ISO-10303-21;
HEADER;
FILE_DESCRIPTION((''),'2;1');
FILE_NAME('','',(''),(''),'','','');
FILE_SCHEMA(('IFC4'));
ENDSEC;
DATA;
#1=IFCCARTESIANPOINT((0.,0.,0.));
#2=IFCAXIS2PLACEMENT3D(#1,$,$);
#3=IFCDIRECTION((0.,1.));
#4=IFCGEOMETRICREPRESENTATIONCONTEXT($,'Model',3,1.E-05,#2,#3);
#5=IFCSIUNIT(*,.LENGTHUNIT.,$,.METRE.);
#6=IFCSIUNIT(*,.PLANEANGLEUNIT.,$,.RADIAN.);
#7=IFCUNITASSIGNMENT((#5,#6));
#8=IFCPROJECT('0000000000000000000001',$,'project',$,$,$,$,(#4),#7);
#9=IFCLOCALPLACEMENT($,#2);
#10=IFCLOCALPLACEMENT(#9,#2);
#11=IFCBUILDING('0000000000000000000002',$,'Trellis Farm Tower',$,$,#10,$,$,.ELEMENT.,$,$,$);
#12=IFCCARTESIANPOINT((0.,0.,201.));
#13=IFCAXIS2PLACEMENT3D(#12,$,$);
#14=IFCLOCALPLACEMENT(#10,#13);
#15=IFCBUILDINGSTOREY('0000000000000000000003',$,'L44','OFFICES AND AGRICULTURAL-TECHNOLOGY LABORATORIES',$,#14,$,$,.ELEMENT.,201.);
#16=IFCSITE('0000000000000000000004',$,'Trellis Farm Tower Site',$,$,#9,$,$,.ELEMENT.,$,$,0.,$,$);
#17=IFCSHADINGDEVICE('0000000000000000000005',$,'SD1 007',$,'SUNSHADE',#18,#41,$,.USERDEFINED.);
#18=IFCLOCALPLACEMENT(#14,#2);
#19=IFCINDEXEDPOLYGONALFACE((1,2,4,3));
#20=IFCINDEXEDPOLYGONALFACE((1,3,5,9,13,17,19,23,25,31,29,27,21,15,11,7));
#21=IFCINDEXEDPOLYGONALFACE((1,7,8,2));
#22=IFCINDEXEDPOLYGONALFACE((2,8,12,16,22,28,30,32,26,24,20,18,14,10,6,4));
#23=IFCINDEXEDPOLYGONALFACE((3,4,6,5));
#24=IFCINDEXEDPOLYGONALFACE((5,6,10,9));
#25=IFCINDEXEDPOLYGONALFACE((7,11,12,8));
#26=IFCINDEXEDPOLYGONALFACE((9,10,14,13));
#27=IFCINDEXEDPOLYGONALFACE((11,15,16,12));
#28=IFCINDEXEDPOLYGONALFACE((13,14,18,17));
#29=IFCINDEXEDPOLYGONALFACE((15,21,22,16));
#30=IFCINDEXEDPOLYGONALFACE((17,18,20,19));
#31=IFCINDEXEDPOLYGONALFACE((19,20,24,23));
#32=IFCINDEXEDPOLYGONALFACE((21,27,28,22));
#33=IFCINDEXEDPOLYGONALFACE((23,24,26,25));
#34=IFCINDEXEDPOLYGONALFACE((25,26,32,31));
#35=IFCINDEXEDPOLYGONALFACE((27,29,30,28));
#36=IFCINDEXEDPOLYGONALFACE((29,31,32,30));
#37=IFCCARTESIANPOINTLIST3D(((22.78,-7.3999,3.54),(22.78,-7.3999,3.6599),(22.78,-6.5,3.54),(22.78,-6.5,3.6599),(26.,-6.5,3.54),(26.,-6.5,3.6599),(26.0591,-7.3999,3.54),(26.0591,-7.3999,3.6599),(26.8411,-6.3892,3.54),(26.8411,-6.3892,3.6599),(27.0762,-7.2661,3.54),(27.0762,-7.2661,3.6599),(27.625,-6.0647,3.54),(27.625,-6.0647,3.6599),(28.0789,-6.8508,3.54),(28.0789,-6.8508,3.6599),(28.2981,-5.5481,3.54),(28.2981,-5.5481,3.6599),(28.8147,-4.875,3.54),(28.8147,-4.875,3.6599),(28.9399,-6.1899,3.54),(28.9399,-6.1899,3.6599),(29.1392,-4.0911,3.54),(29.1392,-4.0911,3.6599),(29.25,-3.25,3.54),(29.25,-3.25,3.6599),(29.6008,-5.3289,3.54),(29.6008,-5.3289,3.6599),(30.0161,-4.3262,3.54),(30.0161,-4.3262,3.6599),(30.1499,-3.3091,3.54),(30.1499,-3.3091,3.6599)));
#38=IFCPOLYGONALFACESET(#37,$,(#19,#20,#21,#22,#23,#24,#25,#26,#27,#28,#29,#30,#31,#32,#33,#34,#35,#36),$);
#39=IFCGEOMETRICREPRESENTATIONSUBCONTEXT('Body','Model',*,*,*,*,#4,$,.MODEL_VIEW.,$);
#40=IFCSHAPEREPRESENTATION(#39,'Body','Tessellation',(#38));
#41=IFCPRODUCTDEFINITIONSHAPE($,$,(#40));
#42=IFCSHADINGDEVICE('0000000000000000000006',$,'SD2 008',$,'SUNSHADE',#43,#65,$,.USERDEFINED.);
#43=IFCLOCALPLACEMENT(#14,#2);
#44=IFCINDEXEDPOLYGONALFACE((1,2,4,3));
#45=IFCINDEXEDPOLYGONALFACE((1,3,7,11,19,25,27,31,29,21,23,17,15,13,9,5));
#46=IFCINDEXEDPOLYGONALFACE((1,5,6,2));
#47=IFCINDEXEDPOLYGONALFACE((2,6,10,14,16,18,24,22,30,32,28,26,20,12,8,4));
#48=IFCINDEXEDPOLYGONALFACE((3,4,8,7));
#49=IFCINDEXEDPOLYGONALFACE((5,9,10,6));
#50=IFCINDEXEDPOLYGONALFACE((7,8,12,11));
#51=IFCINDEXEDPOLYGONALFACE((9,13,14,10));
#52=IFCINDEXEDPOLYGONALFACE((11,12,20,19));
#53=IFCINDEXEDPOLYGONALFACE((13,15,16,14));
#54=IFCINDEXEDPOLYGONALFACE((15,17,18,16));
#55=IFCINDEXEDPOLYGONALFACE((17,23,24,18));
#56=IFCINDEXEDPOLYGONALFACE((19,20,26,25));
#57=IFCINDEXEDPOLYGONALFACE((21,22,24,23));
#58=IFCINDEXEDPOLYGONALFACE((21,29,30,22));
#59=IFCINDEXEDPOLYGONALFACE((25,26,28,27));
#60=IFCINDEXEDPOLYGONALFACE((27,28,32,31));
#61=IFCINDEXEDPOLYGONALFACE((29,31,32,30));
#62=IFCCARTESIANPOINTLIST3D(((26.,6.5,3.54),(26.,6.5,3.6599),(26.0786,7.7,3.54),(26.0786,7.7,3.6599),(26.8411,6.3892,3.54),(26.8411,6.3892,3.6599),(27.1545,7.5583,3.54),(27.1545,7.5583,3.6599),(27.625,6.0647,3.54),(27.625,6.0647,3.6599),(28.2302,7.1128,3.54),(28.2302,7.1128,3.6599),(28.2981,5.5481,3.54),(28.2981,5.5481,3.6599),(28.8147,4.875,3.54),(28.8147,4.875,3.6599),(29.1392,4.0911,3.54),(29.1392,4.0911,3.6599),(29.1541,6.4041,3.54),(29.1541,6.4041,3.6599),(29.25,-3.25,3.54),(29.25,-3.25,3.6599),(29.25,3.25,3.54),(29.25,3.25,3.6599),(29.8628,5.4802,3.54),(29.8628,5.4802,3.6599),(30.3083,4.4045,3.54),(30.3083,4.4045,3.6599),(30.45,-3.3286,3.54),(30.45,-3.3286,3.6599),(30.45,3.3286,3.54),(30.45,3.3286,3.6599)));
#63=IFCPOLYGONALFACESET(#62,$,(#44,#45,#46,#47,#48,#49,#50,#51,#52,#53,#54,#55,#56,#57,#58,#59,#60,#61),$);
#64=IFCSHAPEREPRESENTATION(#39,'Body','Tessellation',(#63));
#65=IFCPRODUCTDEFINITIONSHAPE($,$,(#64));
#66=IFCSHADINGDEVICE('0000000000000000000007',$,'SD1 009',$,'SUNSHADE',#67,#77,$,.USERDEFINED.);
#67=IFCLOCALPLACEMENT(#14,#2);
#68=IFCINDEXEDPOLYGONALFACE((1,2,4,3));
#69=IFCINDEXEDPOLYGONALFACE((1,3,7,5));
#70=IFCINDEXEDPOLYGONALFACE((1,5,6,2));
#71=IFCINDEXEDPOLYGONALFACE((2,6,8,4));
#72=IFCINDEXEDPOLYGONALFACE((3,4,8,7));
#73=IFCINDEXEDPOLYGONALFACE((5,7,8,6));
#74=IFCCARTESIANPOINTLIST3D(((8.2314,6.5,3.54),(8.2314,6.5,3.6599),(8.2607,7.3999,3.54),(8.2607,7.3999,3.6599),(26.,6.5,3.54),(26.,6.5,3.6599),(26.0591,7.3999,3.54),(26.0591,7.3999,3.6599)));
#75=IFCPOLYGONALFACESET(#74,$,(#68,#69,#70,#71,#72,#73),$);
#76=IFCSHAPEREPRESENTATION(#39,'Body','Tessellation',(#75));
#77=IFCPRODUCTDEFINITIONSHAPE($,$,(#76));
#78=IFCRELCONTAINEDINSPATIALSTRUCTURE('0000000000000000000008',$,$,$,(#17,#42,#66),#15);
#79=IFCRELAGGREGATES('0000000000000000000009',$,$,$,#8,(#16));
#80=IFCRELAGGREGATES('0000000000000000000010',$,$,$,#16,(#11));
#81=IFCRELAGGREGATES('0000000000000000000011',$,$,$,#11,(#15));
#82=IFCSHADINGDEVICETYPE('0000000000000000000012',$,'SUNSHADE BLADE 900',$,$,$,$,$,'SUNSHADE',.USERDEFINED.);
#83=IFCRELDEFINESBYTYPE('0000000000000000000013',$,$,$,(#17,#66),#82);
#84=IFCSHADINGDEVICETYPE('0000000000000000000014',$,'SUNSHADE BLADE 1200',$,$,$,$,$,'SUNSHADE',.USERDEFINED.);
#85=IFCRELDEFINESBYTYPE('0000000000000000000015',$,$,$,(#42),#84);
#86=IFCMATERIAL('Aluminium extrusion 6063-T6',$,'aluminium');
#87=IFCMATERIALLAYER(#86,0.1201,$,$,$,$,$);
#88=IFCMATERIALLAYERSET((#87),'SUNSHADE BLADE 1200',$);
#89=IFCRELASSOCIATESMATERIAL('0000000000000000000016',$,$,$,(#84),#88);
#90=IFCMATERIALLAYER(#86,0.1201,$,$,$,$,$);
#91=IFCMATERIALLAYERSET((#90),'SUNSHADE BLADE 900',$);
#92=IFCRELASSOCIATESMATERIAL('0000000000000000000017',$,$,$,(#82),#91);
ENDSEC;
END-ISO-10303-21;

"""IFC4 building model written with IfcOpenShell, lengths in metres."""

from ifc_helpers import new_model, si_unit, direction, frame, origin, place, context, subcontext, project, spatial, polyline, outline, extrude, source, transform, mapped, material, layer, layer_set, type_object, element, save


model = new_model("IFC4")

# Units and contexts
model_context = context("Model", 3, precision=1e-05, world=origin(), true_north=direction((0.0, 1.0)))
body_context = subcontext(model_context, "Body", "Model", "MODEL_VIEW")
ifc_project = project(units=[si_unit("LENGTHUNIT", "METRE"), si_unit("PLANEANGLEUNIT", "RADIAN")], contexts=[model_context])

# Site, building, storey
site_placement = place(None, origin())
site = spatial("IfcSite", under=ifc_project, at=site_placement, Name="Trellis Farm Tower Site", CompositionType="ELEMENT", RefElevation=0.0)
building_placement = place(site_placement, origin())
building = spatial("IfcBuilding", under=site, at=building_placement, Name="Trellis Farm Tower", CompositionType="ELEMENT")
storey_placement = place(building_placement, frame((0.0, 0.0, 201.0)))
storey = spatial("IfcBuildingStorey", under=building, at=storey_placement, Name="L44", Description="OFFICES AND AGRICULTURAL-TECHNOLOGY LABORATORIES", CompositionType="ELEMENT", Elevation=201.0)

# Shared definitions
ifc_material_1 = material(Name="Aluminium extrusion 6063-T6", Category="aluminium")

# Shading devices
ifc_layer_1 = layer(ifc_material_1, 0.1201)
ifc_layer_set_1 = layer_set([ifc_layer_1], Name="SUNSHADE BLADE 1200")
shading_device_type_1 = type_object("IfcShadingDeviceType", Name="SUNSHADE BLADE 1200", ElementType="SUNSHADE", PredefinedType="USERDEFINED", material=ifc_layer_set_1)
placement_1 = place(storey_placement, frame((0.0, 0.0, 3.54)))
ifc_layer_2 = layer(ifc_material_1, 0.1201)
ifc_layer_set_2 = layer_set([ifc_layer_2], Name="SUNSHADE BLADE 900")
shading_device_type_2 = type_object("IfcShadingDeviceType", Name="SUNSHADE BLADE 900", ElementType="SUNSHADE", PredefinedType="USERDEFINED", material=ifc_layer_set_2)
shared_shape_1 = source(origin(), body_context, "Body", "SweptSolid", [
    extrude(outline(polyline([(22.78, -7.3999), (26.0591, -7.3999), (27.0762, -7.2661), (28.0789, -6.8508), (28.9399, -6.1899), (29.6008, -5.3289), (30.0161, -4.3262), (30.1499, -3.3091), (29.25, -3.25), (29.1392, -4.0911), (28.8147, -4.875), (28.2981, -5.5481), (27.625, -6.0647), (26.8411, -6.3892), (26.0, -6.5), (22.78, -6.5), (22.78, -7.3999)])), origin(), (0.0, 0.0, 1.0), 0.1199),
])
element("IfcShadingDevice", 1, at=placement_1, inside=storey, type_object=shading_device_type_2, Name="SD1 007", ObjectType="SUNSHADE", PredefinedType="USERDEFINED", context=body_context, shape_type="MappedRepresentation", body=[
    mapped(shared_shape_1, transform((0.0, 0.0, 0.0))),
])
shared_shape_2 = source(origin(), body_context, "Body", "SweptSolid", [
    extrude(outline(polyline([(30.45, -3.3286), (30.45, 3.3286), (30.3083, 4.4045), (29.8628, 5.4802), (29.1541, 6.4041), (28.2302, 7.1128), (27.1545, 7.5583), (26.0786, 7.7), (26.0, 6.5), (26.8411, 6.3892), (27.625, 6.0647), (28.2981, 5.5481), (28.8147, 4.875), (29.1392, 4.0911), (29.25, 3.25), (29.25, -3.25), (30.45, -3.3286)])), origin(), (0.0, 0.0, 1.0), 0.1199),
])
element("IfcShadingDevice", 2, at=placement_1, inside=storey, type_object=shading_device_type_1, Name="SD2 008", ObjectType="SUNSHADE", PredefinedType="USERDEFINED", context=body_context, shape_type="MappedRepresentation", body=[
    mapped(shared_shape_2, transform((0.0, 0.0, 0.0))),
])
shared_shape_3 = source(origin(), body_context, "Body", "SweptSolid", [
    extrude(outline(polyline([(26.0591, 7.3999), (8.2607, 7.3999), (8.2314, 6.5), (26.0, 6.5), (26.0591, 7.3999)])), origin(), (0.0, 0.0, 1.0), 0.1199),
])
element("IfcShadingDevice", 3, at=placement_1, inside=storey, type_object=shading_device_type_2, Name="SD1 009", ObjectType="SUNSHADE", PredefinedType="USERDEFINED", context=body_context, shape_type="MappedRepresentation", body=[
    mapped(shared_shape_3, transform((0.0, 0.0, 0.0))),
])

save(model, "model.ifc")
